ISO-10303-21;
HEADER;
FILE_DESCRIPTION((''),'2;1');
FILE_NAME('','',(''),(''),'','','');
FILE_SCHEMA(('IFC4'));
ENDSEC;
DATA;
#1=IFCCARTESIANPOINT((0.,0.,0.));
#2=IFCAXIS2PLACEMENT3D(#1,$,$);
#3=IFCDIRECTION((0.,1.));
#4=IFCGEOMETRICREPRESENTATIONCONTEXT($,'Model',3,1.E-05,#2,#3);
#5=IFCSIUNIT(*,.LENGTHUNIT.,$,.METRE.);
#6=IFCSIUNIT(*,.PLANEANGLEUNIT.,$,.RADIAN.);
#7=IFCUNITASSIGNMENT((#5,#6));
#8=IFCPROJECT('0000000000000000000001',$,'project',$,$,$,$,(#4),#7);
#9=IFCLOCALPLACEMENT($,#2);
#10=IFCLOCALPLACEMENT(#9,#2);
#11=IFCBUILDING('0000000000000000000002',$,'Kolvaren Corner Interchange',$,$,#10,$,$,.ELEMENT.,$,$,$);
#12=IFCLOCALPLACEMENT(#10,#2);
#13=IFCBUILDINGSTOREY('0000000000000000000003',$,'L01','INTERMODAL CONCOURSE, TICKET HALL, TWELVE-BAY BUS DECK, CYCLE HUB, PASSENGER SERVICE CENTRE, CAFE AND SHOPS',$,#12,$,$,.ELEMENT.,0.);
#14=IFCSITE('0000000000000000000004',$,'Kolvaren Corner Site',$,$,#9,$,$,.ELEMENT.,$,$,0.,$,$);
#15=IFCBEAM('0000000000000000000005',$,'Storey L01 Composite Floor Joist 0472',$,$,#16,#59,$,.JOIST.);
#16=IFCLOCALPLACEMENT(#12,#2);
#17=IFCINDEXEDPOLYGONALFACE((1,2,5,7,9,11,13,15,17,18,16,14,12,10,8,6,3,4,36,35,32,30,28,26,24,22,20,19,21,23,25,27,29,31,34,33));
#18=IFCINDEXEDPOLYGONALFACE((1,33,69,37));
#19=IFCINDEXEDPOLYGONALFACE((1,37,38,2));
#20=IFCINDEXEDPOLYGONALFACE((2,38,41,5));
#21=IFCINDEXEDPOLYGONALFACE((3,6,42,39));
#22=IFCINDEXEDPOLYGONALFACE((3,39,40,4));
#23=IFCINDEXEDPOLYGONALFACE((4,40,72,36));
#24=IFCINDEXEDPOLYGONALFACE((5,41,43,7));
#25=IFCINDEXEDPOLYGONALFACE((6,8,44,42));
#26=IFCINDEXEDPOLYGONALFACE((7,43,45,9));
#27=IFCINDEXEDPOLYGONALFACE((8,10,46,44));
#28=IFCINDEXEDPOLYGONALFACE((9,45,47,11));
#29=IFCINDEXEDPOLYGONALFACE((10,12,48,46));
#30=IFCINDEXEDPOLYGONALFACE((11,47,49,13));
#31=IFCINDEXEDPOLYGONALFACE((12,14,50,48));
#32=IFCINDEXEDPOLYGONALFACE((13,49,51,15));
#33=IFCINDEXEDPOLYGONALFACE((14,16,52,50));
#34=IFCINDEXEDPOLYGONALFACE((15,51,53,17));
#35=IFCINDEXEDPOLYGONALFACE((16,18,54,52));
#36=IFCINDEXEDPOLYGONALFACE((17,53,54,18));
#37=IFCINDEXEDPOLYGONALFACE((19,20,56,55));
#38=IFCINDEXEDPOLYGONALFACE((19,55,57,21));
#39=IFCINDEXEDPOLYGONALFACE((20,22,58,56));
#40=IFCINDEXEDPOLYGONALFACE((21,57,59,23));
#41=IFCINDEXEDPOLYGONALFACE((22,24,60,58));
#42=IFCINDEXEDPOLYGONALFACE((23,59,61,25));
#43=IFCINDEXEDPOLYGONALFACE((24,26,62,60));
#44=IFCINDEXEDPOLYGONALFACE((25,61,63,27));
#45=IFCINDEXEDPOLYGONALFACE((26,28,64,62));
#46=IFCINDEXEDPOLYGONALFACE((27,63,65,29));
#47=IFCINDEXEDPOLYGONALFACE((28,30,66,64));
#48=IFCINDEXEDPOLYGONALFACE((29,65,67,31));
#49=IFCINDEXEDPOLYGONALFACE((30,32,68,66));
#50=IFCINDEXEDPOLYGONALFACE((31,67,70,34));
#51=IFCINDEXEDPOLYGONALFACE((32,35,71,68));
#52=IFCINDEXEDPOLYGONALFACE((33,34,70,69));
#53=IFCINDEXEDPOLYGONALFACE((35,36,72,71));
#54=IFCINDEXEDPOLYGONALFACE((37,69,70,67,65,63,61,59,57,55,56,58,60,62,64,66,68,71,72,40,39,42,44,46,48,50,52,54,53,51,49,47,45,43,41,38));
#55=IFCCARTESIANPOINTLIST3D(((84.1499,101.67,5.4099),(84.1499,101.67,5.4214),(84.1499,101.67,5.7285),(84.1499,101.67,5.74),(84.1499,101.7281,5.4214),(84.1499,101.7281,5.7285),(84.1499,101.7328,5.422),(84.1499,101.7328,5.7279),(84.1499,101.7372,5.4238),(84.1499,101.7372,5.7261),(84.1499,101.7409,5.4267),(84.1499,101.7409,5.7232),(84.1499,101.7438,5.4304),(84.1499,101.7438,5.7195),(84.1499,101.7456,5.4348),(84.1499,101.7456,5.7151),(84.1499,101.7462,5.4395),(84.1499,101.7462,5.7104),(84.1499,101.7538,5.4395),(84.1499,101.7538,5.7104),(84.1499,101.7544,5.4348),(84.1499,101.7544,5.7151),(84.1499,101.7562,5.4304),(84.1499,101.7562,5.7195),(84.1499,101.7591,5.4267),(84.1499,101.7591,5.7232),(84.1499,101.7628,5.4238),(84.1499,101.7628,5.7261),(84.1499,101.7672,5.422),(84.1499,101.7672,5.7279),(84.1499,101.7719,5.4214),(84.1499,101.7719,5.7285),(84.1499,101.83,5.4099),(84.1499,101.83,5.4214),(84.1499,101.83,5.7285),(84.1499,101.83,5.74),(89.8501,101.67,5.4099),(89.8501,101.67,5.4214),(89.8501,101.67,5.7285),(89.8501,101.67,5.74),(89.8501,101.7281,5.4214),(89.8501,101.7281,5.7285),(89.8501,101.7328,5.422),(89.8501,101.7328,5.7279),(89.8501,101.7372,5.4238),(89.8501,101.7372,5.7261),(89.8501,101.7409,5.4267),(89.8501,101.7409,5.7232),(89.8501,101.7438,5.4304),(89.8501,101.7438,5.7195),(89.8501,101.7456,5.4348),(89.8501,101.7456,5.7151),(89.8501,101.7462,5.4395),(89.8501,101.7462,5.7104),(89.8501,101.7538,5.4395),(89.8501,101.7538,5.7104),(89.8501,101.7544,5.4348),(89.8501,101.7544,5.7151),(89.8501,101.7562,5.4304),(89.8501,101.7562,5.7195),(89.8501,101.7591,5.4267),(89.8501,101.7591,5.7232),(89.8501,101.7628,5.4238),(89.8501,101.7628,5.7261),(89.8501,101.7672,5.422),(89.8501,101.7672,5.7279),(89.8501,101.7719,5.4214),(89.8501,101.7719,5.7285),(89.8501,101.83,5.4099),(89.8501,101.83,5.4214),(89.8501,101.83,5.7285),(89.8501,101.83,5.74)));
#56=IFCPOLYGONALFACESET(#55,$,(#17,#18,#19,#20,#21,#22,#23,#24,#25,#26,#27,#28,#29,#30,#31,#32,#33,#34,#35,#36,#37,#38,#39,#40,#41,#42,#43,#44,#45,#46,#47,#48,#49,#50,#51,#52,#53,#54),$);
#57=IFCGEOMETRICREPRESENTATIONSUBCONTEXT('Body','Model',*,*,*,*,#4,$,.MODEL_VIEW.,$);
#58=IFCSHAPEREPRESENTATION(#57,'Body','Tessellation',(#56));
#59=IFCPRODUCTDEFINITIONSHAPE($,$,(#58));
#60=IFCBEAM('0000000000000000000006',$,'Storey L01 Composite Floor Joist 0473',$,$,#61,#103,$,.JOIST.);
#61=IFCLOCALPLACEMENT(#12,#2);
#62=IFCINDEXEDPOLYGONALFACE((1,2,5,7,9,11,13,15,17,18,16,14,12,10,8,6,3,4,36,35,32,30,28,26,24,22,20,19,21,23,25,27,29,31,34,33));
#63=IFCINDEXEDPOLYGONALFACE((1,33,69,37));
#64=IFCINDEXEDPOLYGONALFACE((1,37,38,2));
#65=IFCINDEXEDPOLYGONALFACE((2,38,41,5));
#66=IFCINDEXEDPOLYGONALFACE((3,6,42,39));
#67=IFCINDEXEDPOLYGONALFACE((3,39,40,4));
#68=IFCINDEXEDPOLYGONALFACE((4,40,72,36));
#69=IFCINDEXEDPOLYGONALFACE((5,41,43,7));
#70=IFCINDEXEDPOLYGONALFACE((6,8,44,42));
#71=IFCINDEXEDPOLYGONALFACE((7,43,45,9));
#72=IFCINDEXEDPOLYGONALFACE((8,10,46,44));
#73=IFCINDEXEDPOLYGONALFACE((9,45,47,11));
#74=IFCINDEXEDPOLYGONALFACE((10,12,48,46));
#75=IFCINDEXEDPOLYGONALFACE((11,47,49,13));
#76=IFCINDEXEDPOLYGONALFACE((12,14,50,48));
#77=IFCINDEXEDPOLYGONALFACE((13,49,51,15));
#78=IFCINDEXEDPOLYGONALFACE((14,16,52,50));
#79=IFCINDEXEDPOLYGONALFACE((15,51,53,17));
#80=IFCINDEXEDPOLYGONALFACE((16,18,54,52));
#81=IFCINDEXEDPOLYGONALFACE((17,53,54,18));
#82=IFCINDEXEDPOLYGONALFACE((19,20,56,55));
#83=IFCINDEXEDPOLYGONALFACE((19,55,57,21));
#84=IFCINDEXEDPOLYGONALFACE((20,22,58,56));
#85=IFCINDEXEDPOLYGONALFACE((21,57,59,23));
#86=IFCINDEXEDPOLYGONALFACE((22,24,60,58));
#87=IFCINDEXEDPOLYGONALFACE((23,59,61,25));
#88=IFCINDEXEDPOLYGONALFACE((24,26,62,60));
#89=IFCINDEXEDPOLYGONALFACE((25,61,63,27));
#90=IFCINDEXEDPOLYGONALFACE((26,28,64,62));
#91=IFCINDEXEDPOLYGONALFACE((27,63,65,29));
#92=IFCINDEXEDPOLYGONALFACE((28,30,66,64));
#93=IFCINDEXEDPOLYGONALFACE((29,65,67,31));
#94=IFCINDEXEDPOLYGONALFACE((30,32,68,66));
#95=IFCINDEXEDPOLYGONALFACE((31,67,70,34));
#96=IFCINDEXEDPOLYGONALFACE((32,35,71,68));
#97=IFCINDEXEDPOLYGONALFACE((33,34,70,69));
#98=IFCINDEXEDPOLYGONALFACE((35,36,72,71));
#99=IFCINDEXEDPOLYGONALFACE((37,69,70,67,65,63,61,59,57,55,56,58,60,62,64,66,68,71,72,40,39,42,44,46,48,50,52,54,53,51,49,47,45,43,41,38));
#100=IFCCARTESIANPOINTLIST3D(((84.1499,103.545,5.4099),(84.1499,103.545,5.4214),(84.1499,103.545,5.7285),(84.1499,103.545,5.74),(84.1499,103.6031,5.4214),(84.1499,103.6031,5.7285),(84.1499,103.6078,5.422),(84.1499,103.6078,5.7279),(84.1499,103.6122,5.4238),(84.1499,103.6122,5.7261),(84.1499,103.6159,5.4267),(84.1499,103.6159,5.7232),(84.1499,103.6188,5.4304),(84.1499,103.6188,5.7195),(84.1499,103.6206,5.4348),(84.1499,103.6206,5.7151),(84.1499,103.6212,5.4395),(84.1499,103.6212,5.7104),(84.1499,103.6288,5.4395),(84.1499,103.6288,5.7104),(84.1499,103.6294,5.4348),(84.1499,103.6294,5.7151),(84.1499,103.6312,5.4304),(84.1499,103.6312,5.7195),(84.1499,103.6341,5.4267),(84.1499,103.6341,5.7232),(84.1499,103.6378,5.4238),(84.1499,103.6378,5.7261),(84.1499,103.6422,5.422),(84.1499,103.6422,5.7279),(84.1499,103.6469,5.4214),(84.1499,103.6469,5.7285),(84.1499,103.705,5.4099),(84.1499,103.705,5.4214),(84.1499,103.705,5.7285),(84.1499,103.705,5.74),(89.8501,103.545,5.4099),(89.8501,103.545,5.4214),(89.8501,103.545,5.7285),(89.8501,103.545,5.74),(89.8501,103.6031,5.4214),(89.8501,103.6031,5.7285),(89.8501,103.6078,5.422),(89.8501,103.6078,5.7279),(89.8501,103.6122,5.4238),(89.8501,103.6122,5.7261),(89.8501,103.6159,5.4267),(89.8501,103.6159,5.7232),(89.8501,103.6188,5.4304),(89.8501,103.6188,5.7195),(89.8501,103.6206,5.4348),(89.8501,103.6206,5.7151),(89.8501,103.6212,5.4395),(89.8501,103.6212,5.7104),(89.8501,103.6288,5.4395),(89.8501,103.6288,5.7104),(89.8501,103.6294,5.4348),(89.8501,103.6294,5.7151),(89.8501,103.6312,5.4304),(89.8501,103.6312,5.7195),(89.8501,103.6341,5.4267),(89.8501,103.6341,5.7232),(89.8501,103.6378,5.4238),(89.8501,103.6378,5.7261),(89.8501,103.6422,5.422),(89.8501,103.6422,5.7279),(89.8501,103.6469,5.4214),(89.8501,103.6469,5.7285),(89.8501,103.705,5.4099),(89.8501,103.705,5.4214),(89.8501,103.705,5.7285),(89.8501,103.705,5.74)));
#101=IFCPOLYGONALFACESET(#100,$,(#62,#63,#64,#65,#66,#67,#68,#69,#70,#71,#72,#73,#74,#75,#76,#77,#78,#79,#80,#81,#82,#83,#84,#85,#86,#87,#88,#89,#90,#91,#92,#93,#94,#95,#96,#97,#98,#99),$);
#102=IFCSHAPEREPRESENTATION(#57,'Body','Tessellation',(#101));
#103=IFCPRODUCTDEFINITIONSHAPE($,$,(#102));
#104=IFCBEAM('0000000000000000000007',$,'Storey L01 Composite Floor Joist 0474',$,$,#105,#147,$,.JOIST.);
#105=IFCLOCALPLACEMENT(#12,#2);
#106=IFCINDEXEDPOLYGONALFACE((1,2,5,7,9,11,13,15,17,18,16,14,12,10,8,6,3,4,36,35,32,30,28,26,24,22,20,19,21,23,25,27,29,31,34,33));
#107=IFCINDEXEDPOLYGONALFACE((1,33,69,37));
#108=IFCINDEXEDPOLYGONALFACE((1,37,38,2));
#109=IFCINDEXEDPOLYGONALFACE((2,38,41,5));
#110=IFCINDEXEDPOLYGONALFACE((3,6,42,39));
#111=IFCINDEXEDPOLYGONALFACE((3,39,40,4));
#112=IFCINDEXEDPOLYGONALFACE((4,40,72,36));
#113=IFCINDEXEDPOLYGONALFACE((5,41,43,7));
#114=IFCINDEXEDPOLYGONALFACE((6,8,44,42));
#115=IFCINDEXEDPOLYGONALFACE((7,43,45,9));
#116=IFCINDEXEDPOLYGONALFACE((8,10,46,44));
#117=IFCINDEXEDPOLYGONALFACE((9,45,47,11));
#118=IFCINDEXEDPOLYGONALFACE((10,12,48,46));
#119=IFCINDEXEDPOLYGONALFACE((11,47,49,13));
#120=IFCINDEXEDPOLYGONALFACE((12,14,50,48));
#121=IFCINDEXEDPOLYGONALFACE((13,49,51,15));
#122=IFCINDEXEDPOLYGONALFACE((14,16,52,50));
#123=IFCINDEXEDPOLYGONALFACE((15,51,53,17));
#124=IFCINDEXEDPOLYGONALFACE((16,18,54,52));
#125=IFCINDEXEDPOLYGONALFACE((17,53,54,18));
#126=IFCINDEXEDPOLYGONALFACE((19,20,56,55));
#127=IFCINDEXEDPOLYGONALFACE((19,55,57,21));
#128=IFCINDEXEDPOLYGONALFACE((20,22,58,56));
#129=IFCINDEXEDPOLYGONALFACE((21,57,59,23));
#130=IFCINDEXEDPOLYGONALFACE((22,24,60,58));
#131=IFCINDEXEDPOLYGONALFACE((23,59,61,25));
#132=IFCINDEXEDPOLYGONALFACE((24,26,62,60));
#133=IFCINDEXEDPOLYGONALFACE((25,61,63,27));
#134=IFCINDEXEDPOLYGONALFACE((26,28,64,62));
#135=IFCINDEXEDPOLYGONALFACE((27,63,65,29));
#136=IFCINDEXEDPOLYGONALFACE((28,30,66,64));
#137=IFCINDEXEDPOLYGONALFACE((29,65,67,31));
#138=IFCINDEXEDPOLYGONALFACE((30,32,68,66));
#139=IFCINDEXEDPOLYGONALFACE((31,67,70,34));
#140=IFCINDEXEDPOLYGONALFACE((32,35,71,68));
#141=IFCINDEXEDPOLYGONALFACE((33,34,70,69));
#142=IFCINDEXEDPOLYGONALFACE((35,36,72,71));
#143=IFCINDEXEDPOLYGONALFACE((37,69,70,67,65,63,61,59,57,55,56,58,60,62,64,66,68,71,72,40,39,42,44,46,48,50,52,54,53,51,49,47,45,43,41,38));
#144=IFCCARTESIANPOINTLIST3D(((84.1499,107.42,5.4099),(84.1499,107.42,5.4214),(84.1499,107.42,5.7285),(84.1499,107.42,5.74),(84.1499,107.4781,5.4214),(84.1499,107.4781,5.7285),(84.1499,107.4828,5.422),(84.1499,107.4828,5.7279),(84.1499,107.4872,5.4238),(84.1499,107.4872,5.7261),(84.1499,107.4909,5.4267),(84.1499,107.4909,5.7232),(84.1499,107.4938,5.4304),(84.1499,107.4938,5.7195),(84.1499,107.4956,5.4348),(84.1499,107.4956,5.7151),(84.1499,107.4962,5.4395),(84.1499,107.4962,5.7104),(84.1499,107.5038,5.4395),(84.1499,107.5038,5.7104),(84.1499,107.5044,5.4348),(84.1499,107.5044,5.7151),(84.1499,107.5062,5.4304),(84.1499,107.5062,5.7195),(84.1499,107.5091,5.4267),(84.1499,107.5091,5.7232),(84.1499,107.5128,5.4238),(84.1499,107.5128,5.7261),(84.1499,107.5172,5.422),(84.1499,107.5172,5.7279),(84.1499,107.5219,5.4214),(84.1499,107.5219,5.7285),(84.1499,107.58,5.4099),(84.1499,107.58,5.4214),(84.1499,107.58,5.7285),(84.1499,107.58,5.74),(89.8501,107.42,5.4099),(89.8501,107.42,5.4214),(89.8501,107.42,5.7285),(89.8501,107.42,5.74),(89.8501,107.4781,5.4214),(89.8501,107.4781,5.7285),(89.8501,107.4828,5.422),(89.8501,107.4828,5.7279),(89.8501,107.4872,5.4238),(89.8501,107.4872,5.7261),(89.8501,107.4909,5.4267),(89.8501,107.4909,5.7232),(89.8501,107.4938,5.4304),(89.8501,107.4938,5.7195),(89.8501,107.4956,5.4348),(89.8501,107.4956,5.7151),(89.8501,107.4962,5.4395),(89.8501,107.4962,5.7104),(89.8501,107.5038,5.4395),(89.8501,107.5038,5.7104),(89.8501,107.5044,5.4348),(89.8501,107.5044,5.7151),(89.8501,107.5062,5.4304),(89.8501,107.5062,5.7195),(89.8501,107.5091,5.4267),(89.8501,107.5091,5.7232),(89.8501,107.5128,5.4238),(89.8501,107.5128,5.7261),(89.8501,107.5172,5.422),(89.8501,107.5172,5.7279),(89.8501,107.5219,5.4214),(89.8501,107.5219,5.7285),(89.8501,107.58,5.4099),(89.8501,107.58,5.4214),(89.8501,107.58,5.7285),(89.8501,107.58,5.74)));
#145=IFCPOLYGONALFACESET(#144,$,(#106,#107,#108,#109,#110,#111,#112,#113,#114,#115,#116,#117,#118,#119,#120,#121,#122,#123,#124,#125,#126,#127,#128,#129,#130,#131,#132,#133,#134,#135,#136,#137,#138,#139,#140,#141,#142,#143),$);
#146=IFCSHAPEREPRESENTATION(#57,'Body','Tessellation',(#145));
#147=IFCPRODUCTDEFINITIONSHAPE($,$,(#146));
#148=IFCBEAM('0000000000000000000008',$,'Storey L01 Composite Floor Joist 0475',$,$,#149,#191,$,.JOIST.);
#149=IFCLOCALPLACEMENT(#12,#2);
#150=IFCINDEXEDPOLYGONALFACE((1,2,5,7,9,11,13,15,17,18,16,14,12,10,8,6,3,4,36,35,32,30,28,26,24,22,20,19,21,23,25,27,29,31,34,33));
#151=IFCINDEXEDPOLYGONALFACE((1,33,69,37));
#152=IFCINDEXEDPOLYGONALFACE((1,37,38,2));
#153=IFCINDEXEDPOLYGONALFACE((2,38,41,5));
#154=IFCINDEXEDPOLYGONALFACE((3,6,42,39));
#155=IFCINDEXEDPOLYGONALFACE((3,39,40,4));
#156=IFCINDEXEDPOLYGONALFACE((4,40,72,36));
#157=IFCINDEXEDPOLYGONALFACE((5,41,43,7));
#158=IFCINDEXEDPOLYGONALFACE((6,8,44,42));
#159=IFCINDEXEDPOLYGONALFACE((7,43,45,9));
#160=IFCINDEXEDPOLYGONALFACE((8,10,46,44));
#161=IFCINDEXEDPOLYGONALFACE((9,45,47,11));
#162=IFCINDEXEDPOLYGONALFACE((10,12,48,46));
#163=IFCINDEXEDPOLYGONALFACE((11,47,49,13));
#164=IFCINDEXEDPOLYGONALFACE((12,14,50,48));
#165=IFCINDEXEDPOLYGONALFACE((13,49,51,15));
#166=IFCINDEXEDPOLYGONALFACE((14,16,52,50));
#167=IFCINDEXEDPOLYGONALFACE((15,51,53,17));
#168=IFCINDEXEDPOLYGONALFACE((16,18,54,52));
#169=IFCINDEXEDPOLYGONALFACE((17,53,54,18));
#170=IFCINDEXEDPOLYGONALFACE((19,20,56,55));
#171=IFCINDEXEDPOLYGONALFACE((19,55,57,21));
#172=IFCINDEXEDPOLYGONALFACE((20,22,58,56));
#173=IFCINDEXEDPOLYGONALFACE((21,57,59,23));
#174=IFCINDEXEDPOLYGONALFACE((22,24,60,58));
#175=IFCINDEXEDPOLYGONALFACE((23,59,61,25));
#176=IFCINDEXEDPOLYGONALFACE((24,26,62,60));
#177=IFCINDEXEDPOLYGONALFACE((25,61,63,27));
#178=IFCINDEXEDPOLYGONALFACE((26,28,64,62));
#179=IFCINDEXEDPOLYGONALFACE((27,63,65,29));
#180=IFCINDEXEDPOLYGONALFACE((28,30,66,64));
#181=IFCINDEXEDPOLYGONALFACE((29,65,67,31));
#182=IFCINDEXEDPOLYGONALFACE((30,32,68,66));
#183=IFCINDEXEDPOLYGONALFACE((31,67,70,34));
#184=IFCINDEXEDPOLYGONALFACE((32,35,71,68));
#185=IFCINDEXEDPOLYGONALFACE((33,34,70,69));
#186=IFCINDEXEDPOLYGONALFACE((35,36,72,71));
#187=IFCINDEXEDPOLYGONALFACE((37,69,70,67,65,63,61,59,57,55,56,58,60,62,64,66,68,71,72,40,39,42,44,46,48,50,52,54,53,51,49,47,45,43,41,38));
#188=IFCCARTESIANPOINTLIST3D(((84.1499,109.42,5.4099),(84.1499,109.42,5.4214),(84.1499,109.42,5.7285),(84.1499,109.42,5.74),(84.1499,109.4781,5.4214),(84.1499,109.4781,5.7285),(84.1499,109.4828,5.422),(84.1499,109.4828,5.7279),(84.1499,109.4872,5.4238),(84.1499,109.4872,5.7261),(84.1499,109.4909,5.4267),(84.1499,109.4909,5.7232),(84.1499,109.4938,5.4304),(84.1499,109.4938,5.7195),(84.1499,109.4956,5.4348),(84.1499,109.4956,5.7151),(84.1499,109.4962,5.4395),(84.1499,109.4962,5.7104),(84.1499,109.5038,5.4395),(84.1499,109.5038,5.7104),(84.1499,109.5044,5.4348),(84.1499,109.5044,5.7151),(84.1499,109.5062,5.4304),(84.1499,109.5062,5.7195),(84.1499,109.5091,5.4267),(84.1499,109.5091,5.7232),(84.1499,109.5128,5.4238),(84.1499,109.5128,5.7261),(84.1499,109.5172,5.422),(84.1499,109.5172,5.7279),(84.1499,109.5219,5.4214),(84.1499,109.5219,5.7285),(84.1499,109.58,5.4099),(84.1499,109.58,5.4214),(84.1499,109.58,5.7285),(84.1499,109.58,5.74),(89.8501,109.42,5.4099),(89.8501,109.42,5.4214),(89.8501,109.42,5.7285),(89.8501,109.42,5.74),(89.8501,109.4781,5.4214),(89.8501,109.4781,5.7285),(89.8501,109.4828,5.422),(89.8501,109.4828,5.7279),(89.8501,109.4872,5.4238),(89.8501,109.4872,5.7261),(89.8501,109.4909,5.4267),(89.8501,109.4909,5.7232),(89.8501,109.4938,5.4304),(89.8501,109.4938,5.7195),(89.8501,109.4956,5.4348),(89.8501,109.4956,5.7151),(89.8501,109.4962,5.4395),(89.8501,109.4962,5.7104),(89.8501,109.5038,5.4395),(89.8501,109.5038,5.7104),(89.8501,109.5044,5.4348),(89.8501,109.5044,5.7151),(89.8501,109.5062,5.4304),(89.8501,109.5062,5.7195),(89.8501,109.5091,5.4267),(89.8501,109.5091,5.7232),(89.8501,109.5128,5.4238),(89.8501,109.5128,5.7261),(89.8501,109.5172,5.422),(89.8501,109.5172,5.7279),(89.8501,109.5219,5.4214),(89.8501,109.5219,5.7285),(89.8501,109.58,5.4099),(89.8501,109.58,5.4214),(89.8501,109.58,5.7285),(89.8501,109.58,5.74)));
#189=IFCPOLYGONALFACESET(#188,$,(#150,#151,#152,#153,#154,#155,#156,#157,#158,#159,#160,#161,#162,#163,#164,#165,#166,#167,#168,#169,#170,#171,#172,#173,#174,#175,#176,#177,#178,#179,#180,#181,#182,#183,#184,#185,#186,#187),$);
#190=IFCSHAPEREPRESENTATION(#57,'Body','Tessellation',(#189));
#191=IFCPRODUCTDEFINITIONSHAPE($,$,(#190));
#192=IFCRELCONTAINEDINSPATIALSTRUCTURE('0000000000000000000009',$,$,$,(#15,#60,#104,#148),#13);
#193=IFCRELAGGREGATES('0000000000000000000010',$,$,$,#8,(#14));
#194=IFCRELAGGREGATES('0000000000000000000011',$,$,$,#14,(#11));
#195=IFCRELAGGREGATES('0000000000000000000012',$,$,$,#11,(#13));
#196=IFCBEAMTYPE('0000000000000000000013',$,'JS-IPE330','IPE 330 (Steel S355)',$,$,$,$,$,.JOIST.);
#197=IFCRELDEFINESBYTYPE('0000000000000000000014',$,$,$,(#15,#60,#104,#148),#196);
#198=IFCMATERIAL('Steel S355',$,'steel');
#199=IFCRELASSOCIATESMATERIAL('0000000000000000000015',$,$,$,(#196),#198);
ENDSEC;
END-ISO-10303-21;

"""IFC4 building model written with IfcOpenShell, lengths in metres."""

from ifc_helpers import new_model, si_unit, direction, frame, origin, origin_2d, place, context, subcontext, project, spatial, i_section, extrude, material, material_profile, profile_set, type_object, element, save


model = new_model("IFC4")

# Units and contexts
model_context = context("Model", 3, precision=1e-05, world=origin(), true_north=direction((0.0, 1.0)))
body_context = subcontext(model_context, "Body", "Model", "MODEL_VIEW")
ifc_project = project(units=[si_unit("LENGTHUNIT", "METRE"), si_unit("PLANEANGLEUNIT", "RADIAN")], contexts=[model_context])

# Site, building, storey
site_placement = place(None, origin())
site = spatial("IfcSite", under=ifc_project, at=site_placement, Name="Kolvaren Corner Site", CompositionType="ELEMENT", RefElevation=0.0)
building_placement = place(site_placement, origin())
building = spatial("IfcBuilding", under=site, at=building_placement, Name="Kolvaren Corner Interchange", CompositionType="ELEMENT")
storey_placement = place(building_placement, origin())
storey = spatial("IfcBuildingStorey", under=building, at=storey_placement, Name="L01", Description="INTERMODAL CONCOURSE, TICKET HALL, TWELVE-BAY BUS DECK, CYCLE HUB, PASSENGER SERVICE CENTRE, CAFE AND SHOPS", CompositionType="ELEMENT", Elevation=0.0)

# Beams
ifc_material_1 = material(Name="Steel S355", Category="steel")
ifc_material_profile_1 = material_profile(ifc_material_1, i_section(OverallWidth=0.1599, OverallDepth=0.3301, WebThickness=0.0076, FlangeThickness=0.0115, FilletRadius=0.0181, at=origin_2d()), Name="IPE 330")
ifc_profile_set_1 = profile_set([ifc_material_profile_1], Name="Steel S355")
beam_type_1 = type_object("IfcBeamType", Name="JS-IPE330", Description="IPE 330 (Steel S355)", PredefinedType="JOIST", material=ifc_profile_set_1)
for number, where, z_axis, x_axis, name in (
    (1, (84.1499, 101.75, 5.575), (1.0, 0.0, 0.0), (0.0, 1.0, 0.0), "Storey L01 Composite Floor Joist 0472"),
    (2, (84.1499, 103.625, 5.575), (1.0, 0.0, 0.0), (0.0, 1.0, 0.0), "Storey L01 Composite Floor Joist 0473"),
    (3, (84.1499, 107.5, 5.575), (1.0, 0.0, 0.0), (0.0, 1.0, 0.0), "Storey L01 Composite Floor Joist 0474"),
    (4, (84.1499, 109.5, 5.575), (1.0, 0.0, 0.0), (0.0, 1.0, 0.0), "Storey L01 Composite Floor Joist 0475"),
):
    element("IfcBeam", number, at=place(storey_placement, frame(where, z_axis=z_axis, x_axis=x_axis)), inside=storey, type_object=beam_type_1, Name=name, PredefinedType="JOIST", context=body_context, shape_type="SweptSolid", body=[
        extrude(i_section(OverallWidth=0.1599, OverallDepth=0.3301, WebThickness=0.0076, FlangeThickness=0.0115, FilletRadius=0.0181, at=origin_2d()), origin(), (0.0, 0.0, 1.0), 5.7002),
    ])

save(model, "model.ifc")
